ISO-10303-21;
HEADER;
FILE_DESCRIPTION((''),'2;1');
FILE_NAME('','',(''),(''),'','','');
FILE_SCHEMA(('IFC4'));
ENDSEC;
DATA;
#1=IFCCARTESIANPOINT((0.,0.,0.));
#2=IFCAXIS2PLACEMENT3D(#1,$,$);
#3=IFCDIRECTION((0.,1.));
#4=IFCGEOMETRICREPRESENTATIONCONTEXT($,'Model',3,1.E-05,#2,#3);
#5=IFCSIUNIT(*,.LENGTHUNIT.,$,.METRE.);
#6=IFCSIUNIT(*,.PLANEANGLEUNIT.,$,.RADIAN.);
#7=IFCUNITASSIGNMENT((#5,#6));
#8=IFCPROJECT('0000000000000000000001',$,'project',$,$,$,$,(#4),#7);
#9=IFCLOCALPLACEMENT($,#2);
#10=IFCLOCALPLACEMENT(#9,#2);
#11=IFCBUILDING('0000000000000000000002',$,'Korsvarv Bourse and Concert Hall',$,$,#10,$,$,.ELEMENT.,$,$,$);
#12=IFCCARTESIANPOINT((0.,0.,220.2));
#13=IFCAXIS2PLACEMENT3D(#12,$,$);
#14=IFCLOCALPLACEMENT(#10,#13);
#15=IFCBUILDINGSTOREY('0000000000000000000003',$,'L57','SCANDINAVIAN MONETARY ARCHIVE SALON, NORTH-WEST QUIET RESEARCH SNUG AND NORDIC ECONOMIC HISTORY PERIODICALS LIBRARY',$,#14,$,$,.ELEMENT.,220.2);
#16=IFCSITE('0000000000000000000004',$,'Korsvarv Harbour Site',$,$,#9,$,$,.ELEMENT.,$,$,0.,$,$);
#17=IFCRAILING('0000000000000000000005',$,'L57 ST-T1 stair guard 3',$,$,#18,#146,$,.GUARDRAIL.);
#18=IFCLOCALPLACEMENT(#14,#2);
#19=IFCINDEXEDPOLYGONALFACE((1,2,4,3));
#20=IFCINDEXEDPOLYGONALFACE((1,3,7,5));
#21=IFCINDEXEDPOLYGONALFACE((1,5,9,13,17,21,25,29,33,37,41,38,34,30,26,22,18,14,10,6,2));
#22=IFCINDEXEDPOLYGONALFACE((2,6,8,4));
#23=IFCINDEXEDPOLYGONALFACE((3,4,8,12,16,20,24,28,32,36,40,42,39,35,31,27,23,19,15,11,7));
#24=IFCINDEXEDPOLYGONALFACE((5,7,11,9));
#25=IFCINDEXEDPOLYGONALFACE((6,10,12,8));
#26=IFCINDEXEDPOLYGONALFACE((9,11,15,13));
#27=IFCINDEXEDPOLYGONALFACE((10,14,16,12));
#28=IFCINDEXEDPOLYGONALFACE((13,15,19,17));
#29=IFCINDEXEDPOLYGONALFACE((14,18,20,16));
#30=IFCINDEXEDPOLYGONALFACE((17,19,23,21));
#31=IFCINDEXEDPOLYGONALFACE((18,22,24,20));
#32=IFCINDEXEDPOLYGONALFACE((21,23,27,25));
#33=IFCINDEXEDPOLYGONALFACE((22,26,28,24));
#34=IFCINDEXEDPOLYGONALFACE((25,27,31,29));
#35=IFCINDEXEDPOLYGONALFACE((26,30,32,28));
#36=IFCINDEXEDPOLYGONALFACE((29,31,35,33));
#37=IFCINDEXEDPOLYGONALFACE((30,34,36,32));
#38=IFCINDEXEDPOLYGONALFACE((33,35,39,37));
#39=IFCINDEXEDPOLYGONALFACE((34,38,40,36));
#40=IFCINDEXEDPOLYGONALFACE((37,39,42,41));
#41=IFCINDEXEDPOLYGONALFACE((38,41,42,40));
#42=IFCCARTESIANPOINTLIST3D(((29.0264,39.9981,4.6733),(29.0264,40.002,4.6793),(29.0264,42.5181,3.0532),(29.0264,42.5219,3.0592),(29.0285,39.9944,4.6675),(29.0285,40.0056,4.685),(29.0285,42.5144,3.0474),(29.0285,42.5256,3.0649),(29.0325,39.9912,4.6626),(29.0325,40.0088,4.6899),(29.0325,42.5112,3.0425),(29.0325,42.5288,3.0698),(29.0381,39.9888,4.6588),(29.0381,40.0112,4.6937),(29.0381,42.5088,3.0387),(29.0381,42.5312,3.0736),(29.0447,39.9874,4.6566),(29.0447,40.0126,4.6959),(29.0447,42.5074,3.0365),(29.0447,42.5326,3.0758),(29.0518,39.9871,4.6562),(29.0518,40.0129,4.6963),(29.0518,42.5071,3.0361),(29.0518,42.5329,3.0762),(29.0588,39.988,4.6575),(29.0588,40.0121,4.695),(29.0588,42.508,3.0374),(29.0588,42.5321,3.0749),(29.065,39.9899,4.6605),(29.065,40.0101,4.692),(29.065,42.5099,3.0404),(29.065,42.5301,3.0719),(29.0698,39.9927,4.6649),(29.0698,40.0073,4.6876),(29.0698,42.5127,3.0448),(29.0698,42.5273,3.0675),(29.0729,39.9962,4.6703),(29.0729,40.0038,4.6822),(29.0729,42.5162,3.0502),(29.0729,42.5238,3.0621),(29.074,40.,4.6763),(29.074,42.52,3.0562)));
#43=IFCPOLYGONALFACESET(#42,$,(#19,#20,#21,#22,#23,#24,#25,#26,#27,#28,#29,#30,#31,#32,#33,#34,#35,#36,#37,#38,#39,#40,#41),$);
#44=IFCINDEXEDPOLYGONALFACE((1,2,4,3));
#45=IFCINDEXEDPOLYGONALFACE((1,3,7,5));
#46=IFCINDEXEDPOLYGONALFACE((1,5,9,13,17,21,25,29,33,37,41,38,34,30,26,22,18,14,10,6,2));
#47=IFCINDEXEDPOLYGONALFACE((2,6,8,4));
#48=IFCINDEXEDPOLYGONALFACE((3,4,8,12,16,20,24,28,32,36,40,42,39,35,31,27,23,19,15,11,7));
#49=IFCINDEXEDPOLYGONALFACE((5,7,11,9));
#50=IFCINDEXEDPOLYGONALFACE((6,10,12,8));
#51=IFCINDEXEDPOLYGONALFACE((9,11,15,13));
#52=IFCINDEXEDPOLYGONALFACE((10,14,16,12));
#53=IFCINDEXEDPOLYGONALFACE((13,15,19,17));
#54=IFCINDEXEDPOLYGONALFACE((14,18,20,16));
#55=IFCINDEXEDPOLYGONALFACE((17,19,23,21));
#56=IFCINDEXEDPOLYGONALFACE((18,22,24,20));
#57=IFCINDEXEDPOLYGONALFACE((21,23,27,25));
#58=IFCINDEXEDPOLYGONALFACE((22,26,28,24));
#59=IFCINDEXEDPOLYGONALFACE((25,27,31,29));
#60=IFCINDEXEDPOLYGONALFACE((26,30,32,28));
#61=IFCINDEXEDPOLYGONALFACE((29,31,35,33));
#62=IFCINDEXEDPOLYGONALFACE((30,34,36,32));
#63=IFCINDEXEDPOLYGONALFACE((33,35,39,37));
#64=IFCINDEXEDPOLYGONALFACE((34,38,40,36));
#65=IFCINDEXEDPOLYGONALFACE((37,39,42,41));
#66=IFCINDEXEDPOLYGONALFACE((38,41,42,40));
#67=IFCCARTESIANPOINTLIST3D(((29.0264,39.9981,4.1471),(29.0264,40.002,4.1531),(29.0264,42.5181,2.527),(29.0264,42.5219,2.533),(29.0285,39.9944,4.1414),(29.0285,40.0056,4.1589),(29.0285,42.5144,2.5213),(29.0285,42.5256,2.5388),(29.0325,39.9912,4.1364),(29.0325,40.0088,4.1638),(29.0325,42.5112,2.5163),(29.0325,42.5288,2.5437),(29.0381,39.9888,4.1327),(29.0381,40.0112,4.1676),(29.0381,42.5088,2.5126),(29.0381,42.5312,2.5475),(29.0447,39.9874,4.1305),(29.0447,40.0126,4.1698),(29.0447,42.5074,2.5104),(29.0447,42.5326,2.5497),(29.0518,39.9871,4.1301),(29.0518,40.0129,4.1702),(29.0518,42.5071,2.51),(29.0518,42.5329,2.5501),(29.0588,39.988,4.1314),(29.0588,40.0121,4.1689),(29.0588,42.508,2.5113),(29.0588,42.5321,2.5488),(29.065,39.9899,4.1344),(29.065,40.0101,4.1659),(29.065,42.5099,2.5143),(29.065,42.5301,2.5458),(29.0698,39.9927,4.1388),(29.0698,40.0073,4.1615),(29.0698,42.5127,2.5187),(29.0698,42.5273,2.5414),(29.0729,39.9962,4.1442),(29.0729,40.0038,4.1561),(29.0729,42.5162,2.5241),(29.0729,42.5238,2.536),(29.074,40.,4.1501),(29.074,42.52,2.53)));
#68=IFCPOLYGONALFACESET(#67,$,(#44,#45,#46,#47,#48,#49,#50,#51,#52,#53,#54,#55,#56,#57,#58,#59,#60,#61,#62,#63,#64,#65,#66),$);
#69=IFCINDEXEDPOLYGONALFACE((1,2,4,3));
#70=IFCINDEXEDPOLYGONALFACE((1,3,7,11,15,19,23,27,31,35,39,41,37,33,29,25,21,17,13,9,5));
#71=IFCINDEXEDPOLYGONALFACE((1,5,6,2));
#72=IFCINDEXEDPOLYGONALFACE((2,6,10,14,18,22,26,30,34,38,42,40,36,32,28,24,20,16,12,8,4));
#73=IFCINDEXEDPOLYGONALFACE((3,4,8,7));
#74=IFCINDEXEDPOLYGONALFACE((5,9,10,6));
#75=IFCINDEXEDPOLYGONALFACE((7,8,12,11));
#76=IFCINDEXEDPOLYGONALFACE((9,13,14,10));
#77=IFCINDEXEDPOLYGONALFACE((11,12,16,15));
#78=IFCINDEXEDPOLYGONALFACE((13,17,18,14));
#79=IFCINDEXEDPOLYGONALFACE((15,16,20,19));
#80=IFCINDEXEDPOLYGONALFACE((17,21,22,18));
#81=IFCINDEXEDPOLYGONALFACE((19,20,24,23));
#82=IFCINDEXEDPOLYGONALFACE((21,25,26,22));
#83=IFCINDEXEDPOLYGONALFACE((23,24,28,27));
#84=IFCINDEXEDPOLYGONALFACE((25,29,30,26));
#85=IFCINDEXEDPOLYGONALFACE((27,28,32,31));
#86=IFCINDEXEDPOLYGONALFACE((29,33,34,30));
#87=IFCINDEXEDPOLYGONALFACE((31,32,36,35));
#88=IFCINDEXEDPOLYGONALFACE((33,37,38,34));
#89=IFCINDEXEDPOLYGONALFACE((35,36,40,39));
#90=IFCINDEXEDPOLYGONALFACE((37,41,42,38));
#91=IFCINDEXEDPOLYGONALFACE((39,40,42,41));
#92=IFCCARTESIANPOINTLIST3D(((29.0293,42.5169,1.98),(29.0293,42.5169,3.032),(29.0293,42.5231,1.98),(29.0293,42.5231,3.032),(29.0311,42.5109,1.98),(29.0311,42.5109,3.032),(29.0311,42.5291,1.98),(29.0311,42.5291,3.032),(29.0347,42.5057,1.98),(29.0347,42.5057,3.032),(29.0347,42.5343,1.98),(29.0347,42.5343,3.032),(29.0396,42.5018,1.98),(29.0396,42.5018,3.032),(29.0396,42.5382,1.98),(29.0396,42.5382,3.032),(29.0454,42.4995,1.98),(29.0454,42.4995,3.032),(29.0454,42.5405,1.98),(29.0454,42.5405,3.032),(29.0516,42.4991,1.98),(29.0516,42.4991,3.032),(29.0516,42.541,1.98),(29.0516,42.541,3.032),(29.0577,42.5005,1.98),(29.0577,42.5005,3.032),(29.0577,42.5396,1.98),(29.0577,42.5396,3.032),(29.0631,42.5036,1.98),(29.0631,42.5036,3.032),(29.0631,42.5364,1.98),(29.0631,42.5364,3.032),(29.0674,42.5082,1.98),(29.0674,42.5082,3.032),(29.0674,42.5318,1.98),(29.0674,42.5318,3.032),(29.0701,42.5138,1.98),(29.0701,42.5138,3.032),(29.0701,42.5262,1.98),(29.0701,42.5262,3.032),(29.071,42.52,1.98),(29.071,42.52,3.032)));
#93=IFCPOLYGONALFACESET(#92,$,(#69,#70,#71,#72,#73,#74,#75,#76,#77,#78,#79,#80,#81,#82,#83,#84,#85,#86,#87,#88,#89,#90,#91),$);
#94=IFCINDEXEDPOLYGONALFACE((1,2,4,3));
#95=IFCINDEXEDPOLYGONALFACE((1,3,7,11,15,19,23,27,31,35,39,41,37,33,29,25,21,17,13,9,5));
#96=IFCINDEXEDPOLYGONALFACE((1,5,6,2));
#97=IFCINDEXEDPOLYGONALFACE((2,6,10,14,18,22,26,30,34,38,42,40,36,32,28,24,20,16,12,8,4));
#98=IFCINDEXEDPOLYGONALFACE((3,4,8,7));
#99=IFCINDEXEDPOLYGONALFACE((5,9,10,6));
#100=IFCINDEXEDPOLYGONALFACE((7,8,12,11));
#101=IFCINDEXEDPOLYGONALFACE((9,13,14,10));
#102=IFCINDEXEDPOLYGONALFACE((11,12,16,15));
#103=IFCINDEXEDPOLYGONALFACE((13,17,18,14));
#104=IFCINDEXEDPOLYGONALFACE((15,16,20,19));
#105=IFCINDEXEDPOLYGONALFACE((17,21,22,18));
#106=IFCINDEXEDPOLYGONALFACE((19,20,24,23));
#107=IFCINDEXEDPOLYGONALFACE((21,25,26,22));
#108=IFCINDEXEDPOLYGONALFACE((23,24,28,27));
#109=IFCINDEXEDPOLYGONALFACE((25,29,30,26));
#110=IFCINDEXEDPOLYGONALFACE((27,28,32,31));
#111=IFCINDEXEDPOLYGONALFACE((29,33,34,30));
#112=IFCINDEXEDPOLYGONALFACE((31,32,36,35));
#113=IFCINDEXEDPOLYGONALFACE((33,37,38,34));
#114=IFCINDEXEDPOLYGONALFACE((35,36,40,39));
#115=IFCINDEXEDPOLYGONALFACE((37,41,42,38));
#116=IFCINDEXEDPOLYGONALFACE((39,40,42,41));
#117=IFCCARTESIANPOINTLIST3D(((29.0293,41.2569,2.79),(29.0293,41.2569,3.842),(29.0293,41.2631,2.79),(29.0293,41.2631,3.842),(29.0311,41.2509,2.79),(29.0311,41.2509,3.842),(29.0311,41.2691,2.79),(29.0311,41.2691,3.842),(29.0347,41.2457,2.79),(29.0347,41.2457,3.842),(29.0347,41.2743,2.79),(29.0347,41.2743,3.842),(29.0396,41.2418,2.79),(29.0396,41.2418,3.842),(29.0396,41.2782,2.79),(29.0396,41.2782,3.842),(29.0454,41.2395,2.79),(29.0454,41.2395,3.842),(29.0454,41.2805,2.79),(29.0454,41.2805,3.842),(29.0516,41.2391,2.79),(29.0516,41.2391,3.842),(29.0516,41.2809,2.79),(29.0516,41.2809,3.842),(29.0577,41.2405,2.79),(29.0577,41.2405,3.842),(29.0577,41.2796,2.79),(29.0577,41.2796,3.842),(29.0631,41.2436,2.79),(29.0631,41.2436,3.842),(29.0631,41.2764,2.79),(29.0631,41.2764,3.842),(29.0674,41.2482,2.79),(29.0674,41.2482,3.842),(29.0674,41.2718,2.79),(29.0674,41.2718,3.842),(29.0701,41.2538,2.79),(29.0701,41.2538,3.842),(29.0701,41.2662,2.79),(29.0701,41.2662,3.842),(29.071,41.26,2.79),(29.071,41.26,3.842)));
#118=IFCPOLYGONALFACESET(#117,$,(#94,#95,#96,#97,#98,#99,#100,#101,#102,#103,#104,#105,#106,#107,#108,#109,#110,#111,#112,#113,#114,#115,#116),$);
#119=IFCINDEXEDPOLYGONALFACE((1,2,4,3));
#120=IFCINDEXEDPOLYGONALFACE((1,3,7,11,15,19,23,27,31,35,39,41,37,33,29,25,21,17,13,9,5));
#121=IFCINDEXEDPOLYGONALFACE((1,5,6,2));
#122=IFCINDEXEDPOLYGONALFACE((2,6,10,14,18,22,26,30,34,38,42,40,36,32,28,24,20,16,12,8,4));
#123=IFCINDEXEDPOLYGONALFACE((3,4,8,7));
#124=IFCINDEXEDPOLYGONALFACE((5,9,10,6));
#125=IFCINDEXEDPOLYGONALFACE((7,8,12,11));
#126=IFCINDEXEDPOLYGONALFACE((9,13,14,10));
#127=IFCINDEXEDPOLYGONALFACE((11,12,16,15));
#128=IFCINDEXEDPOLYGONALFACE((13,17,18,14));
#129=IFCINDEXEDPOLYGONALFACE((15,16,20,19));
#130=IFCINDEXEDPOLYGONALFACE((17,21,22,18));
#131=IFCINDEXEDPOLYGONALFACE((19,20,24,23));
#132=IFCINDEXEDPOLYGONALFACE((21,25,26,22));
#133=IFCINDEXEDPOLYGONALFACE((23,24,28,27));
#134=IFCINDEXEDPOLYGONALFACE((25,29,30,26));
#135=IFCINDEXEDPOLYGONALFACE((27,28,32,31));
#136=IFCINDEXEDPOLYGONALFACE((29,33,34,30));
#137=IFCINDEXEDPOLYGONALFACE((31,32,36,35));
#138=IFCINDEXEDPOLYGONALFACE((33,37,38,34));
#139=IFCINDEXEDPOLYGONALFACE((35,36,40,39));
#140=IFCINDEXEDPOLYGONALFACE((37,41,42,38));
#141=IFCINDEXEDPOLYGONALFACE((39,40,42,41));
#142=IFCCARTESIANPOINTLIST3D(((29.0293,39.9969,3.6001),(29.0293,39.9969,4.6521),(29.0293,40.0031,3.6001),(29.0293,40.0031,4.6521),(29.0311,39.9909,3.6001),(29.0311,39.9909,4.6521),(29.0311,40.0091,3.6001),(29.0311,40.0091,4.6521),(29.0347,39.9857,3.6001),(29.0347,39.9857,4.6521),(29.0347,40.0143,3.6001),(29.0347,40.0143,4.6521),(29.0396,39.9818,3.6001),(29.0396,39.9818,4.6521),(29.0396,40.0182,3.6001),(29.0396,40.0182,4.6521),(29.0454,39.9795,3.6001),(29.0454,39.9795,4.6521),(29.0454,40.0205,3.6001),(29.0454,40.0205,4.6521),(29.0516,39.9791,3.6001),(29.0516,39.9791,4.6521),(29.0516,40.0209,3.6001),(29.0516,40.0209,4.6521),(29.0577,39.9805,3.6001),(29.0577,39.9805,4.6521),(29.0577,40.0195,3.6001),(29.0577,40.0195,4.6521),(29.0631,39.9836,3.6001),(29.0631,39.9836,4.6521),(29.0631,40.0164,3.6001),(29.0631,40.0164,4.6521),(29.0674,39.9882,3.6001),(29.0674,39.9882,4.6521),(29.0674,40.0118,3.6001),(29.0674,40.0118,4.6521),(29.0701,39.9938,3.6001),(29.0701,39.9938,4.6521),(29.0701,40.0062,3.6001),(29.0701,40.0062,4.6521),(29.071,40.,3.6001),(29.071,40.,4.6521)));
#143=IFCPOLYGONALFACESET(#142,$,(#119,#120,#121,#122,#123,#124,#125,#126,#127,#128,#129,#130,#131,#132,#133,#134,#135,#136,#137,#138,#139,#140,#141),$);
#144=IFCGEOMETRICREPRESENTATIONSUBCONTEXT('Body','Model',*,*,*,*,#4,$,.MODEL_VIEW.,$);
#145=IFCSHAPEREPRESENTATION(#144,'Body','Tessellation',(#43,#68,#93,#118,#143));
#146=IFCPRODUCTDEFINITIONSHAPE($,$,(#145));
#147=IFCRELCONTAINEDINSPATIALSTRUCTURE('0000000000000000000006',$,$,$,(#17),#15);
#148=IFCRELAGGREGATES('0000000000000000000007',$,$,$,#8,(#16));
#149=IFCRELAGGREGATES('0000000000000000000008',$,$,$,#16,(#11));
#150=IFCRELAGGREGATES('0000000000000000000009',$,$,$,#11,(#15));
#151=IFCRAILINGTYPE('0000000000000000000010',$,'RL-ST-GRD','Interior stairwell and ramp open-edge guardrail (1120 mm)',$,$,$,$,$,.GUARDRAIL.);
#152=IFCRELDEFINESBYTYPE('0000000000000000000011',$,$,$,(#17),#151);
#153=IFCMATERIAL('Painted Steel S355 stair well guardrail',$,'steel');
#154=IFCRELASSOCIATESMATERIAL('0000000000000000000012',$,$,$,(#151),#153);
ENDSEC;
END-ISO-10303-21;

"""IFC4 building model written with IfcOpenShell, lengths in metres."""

from ifc_helpers import new_model, si_unit, direction, frame, origin, origin_2d, place, context, subcontext, project, spatial, circle, extrude, material, type_object, element, save


model = new_model("IFC4")

# Units and contexts
model_context = context("Model", 3, precision=1e-05, world=origin(), true_north=direction((0.0, 1.0)))
body_context = subcontext(model_context, "Body", "Model", "MODEL_VIEW")
ifc_project = project(units=[si_unit("LENGTHUNIT", "METRE"), si_unit("PLANEANGLEUNIT", "RADIAN")], contexts=[model_context])

# Site, building, storey
site_placement = place(None, origin())
site = spatial("IfcSite", under=ifc_project, at=site_placement, Name="Korsvarv Harbour Site", CompositionType="ELEMENT", RefElevation=0.0)
building_placement = place(site_placement, origin())
building = spatial("IfcBuilding", under=site, at=building_placement, Name="Korsvarv Bourse and Concert Hall", CompositionType="ELEMENT")
storey_placement = place(building_placement, frame((0.0, 0.0, 220.2)))
storey = spatial("IfcBuildingStorey", under=building, at=storey_placement, Name="L57", Description="SCANDINAVIAN MONETARY ARCHIVE SALON, NORTH-WEST QUIET RESEARCH SNUG AND NORDIC ECONOMIC HISTORY PERIODICALS LIBRARY", CompositionType="ELEMENT", Elevation=220.2)

# Railing
ifc_material_1 = material(Name="Painted Steel S355 stair well guardrail", Category="steel")
railing_type_1 = type_object("IfcRailingType", Name="RL-ST-GRD", Description="Interior stairwell and ramp open-edge guardrail (1120 mm)", PredefinedType="GUARDRAIL", material=ifc_material_1)
railing_1_placement = place(storey_placement, frame((29.05, 42.52, 1.98)))
element("IfcRailing", 1, at=railing_1_placement, inside=storey, type_object=railing_type_1, Name="L57 ST-T1 stair guard 3", PredefinedType="GUARDRAIL", context=body_context, shape_type="SweptSolid", body=[
    extrude(circle(Radius=0.0239, at=origin_2d()), frame((0.0, 0.0, 1.0762), z_axis=(0.0, -0.841163, 0.540782), x_axis=(1.0, 0.0, 0.0)), (0.0, 0.0, 1.0), 2.9958),
    extrude(circle(Radius=0.0239, at=origin_2d()), frame((0.0, 0.0, 0.55), z_axis=(0.0, -0.841163, 0.540782), x_axis=(1.0, 0.0, 0.0)), (0.0, 0.0, 1.0), 2.9958),
    extrude(circle(Radius=0.021, at=origin_2d()), origin(), (0.0, 0.0, 1.0), 1.052),
    extrude(circle(Radius=0.021, at=origin_2d()), frame((0.0, -1.26, 0.8101)), (0.0, 0.0, 1.0), 1.052),
    extrude(circle(Radius=0.021, at=origin_2d()), frame((0.0, -2.52, 1.6201)), (0.0, 0.0, 1.0), 1.052),
])

save(model, "model.ifc")
